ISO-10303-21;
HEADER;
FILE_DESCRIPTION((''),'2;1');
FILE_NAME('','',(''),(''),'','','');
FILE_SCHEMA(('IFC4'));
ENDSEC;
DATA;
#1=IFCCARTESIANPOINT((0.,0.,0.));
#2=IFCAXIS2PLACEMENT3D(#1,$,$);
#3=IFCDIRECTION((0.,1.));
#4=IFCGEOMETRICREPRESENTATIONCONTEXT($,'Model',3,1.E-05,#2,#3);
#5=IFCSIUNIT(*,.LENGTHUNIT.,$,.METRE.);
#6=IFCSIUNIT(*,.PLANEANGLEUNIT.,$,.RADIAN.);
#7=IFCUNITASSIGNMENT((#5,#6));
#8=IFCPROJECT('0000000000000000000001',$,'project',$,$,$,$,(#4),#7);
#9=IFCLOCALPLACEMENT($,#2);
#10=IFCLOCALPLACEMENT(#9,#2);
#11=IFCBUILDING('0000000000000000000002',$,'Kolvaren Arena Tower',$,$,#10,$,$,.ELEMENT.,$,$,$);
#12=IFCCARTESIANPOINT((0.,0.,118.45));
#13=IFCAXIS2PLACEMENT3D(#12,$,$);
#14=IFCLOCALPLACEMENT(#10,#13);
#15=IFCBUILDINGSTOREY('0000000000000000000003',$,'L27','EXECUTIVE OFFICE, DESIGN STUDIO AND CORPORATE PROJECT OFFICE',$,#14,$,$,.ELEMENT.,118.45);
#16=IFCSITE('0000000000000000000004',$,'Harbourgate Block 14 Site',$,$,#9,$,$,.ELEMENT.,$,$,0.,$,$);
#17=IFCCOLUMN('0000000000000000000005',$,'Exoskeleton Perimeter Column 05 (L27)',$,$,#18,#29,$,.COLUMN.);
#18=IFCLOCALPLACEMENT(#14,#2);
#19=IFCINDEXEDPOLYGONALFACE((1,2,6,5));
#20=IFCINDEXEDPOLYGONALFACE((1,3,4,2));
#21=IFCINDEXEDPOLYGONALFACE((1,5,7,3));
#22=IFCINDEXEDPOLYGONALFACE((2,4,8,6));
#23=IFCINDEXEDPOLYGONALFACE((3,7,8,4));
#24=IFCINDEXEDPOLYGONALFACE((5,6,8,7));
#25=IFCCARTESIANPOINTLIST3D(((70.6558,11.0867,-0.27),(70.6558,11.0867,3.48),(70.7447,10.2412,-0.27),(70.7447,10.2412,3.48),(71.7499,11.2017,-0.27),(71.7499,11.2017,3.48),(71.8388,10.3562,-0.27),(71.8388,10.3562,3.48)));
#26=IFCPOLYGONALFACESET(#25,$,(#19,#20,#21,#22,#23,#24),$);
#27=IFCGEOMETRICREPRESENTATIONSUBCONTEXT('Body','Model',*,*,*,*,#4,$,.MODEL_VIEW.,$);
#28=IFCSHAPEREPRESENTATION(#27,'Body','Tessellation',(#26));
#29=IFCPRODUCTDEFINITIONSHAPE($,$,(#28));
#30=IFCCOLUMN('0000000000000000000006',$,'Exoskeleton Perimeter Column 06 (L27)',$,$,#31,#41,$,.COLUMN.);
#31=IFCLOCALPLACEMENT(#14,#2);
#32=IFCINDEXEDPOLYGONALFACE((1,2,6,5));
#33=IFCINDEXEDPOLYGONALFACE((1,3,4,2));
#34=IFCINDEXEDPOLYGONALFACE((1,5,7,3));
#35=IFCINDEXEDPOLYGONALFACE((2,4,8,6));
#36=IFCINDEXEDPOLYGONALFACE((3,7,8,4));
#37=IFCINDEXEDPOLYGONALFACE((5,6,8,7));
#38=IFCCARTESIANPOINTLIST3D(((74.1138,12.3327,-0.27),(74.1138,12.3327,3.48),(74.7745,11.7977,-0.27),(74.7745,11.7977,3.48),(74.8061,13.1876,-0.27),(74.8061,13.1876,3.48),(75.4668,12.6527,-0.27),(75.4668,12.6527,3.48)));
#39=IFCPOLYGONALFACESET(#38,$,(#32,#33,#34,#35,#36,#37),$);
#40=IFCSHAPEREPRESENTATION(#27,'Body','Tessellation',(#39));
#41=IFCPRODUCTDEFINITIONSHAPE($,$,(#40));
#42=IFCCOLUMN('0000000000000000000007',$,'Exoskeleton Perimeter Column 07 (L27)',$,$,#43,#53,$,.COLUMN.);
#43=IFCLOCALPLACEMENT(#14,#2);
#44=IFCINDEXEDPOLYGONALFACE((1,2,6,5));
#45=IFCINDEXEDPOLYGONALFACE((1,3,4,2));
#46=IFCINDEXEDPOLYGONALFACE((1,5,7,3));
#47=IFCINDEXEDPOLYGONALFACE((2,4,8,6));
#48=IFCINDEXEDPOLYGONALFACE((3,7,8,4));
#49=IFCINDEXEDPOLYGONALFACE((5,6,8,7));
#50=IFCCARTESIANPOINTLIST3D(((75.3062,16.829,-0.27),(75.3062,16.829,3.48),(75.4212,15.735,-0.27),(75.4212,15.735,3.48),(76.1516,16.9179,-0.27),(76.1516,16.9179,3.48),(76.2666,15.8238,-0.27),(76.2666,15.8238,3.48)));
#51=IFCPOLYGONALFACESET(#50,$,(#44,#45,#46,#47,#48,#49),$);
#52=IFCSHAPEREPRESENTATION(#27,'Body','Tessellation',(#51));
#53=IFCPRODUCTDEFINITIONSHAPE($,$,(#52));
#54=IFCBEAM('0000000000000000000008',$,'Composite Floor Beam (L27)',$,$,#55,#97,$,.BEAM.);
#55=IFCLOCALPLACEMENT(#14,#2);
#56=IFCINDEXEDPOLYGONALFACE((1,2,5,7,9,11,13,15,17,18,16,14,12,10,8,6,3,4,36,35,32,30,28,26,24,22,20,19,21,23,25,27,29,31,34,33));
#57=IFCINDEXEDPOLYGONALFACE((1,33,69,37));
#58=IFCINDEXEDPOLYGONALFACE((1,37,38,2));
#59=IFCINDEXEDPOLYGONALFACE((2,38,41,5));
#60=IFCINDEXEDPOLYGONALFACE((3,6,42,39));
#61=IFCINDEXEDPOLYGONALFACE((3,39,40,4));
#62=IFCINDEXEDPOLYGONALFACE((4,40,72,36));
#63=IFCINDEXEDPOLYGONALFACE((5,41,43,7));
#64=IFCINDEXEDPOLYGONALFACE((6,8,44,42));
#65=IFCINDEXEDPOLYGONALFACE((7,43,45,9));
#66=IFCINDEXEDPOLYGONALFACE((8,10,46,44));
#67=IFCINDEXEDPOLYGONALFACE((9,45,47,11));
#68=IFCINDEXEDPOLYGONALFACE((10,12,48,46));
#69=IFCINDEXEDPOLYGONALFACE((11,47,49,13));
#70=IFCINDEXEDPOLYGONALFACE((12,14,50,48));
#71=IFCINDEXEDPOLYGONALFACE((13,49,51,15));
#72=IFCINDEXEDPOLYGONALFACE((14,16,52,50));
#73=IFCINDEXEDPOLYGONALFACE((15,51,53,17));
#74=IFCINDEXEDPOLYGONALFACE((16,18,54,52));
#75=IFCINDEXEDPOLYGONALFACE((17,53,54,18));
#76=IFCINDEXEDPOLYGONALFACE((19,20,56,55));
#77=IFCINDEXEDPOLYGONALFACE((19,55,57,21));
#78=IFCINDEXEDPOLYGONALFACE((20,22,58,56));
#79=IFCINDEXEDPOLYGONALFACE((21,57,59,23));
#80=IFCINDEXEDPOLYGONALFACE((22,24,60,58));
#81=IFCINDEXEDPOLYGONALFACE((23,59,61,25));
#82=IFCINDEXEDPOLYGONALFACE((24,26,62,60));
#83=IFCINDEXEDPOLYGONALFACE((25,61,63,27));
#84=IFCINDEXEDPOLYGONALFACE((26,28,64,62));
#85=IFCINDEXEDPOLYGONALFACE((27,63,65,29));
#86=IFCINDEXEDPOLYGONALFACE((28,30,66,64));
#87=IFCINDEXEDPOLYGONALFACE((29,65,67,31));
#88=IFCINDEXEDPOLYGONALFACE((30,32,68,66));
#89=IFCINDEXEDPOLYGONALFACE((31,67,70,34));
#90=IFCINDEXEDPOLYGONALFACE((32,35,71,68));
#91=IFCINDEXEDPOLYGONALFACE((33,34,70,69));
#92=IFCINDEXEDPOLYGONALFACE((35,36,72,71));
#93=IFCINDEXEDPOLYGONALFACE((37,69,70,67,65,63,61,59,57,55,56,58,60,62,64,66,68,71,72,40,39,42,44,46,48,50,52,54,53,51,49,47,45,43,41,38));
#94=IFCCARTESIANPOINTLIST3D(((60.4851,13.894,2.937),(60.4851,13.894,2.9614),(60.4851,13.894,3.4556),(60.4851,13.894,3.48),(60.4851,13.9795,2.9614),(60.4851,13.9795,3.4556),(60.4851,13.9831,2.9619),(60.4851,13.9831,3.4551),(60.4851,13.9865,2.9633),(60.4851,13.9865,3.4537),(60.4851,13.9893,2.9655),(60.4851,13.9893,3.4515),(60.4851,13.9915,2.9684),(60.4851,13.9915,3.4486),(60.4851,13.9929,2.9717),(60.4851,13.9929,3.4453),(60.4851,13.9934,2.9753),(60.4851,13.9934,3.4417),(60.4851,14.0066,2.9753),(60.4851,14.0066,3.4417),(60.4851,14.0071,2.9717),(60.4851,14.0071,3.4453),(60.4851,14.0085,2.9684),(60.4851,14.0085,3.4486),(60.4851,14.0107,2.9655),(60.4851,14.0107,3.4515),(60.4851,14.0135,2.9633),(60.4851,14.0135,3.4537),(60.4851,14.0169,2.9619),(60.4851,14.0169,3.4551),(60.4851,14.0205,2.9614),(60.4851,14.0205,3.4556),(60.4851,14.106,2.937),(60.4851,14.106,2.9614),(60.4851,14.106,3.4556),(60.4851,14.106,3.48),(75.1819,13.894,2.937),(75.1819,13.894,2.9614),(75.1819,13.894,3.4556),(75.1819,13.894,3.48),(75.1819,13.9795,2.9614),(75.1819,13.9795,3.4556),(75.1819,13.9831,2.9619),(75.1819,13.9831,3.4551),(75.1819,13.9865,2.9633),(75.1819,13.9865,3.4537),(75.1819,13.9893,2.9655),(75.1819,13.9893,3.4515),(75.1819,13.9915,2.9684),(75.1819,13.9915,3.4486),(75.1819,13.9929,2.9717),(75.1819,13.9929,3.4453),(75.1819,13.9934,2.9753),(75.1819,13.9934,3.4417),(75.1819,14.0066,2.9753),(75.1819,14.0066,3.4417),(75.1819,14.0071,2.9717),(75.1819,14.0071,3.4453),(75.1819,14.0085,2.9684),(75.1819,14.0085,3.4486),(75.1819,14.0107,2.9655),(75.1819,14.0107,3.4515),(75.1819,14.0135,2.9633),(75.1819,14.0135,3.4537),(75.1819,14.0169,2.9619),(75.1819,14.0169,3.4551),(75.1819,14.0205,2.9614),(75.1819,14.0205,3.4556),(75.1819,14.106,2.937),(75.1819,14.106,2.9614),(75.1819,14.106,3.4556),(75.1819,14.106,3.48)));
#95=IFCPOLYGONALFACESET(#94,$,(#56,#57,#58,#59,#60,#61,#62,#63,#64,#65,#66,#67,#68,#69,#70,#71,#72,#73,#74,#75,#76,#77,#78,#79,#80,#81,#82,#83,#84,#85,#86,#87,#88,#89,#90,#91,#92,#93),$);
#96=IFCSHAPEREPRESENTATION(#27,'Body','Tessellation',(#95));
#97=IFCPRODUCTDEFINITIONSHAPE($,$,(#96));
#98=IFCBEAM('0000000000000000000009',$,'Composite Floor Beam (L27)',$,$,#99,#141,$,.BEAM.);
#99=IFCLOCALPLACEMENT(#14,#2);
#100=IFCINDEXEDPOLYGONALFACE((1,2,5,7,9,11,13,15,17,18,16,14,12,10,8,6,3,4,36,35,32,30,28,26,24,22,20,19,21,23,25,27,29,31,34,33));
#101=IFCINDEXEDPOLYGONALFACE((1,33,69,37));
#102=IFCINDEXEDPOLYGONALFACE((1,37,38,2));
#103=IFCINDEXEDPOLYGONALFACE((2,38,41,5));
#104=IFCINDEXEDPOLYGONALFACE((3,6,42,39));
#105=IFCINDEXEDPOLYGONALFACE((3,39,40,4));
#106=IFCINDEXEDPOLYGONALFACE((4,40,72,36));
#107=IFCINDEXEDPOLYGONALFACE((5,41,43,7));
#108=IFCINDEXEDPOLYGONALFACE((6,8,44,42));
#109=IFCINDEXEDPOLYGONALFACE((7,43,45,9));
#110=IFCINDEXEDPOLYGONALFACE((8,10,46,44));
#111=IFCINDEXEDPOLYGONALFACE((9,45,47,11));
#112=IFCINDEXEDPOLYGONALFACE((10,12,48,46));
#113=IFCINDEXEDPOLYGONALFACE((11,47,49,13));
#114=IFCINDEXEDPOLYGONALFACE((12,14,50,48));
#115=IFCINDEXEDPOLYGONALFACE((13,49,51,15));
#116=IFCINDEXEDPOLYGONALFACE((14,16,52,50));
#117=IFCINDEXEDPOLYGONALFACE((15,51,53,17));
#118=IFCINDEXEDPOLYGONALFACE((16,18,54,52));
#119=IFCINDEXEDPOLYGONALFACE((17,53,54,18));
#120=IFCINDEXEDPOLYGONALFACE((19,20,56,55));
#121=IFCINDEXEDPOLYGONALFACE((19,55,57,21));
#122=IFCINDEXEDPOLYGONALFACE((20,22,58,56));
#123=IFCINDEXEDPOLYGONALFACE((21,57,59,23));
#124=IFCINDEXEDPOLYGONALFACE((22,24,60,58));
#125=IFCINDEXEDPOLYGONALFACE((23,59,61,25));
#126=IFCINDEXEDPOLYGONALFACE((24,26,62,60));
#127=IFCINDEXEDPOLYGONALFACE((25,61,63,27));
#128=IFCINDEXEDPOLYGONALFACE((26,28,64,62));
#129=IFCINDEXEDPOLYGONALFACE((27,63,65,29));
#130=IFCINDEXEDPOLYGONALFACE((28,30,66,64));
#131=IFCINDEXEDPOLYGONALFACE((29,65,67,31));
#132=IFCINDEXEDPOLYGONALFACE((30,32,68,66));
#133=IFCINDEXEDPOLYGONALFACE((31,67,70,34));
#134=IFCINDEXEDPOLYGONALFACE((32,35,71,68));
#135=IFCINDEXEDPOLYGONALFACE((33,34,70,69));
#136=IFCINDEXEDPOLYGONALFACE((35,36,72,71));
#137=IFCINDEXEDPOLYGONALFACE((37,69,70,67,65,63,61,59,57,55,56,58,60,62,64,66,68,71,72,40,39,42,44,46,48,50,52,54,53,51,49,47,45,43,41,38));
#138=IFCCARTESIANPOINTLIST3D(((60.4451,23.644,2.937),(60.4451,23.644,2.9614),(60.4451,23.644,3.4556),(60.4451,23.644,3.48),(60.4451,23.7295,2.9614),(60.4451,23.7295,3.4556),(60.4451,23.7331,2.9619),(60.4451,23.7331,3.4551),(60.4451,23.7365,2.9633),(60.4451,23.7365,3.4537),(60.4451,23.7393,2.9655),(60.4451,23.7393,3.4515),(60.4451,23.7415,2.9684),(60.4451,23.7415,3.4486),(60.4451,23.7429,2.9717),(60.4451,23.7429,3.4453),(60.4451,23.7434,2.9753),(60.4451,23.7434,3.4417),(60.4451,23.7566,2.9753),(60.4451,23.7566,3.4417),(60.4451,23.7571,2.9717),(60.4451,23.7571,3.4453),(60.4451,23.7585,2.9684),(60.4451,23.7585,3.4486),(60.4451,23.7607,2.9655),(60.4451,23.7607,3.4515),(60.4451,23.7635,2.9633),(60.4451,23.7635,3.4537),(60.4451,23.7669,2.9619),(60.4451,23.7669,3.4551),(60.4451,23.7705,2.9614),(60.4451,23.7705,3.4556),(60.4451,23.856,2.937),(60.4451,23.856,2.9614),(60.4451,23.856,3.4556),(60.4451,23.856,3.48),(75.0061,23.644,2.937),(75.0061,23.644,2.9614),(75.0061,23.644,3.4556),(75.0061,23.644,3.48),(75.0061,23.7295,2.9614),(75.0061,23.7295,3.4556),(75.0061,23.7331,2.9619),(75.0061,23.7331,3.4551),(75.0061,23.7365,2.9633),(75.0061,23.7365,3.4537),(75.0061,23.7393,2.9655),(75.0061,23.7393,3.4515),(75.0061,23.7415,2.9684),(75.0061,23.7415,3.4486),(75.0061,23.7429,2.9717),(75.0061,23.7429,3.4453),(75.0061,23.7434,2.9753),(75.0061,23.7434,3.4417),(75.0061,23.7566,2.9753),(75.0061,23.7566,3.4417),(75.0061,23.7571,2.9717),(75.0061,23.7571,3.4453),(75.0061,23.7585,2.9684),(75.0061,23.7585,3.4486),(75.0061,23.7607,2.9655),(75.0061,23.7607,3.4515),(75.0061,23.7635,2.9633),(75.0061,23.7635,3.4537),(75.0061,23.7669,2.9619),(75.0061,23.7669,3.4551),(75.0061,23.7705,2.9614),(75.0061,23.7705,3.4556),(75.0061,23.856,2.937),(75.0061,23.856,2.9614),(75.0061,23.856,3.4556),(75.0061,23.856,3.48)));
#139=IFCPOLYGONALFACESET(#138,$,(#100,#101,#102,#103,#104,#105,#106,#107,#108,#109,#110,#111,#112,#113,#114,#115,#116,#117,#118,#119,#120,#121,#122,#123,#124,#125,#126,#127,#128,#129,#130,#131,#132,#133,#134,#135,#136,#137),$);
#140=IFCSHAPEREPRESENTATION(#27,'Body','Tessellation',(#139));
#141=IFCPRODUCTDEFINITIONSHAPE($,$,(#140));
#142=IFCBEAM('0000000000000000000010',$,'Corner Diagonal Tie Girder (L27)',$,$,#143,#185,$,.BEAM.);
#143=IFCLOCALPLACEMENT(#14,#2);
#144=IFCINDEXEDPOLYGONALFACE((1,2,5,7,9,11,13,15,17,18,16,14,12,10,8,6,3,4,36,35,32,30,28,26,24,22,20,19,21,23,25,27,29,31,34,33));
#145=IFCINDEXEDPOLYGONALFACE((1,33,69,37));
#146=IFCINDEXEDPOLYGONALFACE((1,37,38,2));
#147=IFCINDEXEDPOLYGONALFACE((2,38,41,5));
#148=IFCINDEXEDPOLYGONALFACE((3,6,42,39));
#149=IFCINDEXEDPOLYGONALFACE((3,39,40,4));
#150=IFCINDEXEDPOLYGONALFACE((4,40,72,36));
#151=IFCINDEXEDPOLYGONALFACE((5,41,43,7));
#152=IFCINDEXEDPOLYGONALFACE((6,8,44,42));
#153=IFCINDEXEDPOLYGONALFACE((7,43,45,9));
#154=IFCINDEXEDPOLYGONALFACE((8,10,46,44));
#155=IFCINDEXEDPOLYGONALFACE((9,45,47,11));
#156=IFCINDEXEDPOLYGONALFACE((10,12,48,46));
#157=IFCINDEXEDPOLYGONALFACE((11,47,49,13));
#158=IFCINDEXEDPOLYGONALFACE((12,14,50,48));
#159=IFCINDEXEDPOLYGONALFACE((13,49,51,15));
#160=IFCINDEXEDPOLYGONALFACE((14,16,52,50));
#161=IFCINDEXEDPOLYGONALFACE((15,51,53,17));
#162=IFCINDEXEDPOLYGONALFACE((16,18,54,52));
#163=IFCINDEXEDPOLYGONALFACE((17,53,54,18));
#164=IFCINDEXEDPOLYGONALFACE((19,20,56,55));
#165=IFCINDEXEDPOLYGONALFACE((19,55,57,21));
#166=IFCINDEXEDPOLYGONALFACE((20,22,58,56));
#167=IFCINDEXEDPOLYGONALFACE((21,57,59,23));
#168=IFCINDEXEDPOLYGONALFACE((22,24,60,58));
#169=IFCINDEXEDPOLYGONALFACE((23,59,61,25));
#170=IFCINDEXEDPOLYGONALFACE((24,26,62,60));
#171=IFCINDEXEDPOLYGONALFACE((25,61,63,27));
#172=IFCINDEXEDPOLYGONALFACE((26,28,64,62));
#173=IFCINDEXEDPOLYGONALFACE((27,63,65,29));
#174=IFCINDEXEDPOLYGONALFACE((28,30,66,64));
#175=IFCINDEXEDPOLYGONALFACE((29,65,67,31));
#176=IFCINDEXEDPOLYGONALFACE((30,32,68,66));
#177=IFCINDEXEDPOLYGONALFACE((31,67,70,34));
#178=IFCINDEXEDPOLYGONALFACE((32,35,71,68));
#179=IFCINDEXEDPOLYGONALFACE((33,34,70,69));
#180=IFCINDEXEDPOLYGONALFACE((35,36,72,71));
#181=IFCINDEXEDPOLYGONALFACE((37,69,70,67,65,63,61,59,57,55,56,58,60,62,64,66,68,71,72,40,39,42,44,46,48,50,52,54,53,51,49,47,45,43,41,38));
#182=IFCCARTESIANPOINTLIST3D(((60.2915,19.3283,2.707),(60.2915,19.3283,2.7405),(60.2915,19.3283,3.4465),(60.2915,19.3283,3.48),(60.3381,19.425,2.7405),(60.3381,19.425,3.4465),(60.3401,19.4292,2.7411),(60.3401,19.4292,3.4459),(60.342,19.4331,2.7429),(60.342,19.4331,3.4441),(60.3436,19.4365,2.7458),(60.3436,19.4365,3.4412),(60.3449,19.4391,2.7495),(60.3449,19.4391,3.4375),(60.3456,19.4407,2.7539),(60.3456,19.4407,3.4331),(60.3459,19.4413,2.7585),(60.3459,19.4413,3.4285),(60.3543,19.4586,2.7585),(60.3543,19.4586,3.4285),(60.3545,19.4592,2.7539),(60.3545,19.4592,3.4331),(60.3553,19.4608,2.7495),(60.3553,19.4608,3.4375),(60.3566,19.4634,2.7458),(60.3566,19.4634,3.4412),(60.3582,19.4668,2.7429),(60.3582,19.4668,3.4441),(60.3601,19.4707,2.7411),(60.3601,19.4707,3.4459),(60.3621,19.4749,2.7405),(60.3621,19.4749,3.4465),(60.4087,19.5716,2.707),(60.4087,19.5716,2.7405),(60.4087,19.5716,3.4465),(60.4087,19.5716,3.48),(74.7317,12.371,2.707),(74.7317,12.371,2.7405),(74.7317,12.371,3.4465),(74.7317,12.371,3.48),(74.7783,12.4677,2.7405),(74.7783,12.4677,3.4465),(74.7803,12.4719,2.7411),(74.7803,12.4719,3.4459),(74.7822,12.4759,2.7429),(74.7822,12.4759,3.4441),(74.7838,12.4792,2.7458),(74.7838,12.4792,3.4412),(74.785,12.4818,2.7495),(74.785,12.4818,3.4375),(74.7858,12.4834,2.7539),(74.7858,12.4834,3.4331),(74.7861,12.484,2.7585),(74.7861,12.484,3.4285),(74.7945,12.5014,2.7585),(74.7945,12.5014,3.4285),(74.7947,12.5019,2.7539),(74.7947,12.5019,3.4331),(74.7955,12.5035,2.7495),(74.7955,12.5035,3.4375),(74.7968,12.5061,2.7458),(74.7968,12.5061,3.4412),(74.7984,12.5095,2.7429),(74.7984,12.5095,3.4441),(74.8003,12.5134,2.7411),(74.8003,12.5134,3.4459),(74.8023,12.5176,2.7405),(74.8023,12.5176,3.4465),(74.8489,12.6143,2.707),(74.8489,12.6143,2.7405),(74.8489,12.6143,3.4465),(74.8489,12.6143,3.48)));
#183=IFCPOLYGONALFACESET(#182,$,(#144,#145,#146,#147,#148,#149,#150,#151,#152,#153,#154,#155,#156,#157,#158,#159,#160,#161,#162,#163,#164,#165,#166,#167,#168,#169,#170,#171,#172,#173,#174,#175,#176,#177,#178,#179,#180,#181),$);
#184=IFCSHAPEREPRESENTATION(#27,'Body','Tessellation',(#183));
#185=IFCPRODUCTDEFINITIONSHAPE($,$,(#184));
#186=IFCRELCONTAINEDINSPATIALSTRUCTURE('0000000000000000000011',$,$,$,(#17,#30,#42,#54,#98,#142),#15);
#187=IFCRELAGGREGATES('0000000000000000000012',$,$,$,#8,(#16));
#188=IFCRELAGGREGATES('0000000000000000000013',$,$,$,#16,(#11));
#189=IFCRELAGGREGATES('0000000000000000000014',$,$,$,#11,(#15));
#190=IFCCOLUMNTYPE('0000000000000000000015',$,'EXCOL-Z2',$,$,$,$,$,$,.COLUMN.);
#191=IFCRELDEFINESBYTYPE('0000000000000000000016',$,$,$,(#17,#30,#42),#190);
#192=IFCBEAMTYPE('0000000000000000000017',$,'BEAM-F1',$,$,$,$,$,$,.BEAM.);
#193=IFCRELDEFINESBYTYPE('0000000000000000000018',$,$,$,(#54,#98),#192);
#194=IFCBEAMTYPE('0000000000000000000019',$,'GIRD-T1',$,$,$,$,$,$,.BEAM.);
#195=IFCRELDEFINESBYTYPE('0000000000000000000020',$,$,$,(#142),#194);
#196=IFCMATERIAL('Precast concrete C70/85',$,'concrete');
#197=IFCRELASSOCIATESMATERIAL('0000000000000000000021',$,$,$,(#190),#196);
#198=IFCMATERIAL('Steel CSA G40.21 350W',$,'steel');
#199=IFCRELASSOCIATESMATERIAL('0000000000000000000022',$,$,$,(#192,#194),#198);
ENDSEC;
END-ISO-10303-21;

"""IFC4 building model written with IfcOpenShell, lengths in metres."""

from ifc_helpers import new_model, si_unit, direction, frame, origin, origin_2d, place, context, subcontext, project, spatial, rectangle, i_section, extrude, material, material_profile, profile_set, type_object, element, save


model = new_model("IFC4")

# Units and contexts
model_context = context("Model", 3, precision=1e-05, world=origin(), true_north=direction((0.0, 1.0)))
body_context = subcontext(model_context, "Body", "Model", "MODEL_VIEW")
ifc_project = project(units=[si_unit("LENGTHUNIT", "METRE"), si_unit("PLANEANGLEUNIT", "RADIAN")], contexts=[model_context])

# Site, building, storey
site_placement = place(None, origin())
site = spatial("IfcSite", under=ifc_project, at=site_placement, Name="Harbourgate Block 14 Site", CompositionType="ELEMENT", RefElevation=0.0)
building_placement = place(site_placement, origin())
building = spatial("IfcBuilding", under=site, at=building_placement, Name="Kolvaren Arena Tower", CompositionType="ELEMENT")
storey_placement = place(building_placement, frame((0.0, 0.0, 118.45)))
storey = spatial("IfcBuildingStorey", under=building, at=storey_placement, Name="L27", Description="EXECUTIVE OFFICE, DESIGN STUDIO AND CORPORATE PROJECT OFFICE", CompositionType="ELEMENT", Elevation=118.45)

# Columns
ifc_material_1 = material(Name="Precast concrete C70/85", Category="concrete")
ifc_material_profile_1 = material_profile(ifc_material_1, rectangle(XDim=1.1001, YDim=0.8501, at=origin_2d()), Name="RC-1100x850")
ifc_profile_set_1 = profile_set([ifc_material_profile_1], Name="Precast concrete C70/85")
column_type = type_object("IfcColumnType", Name="EXCOL-Z2", PredefinedType="COLUMN", material=ifc_profile_set_1)
for number, where, z_axis, x_axis, name in (
    (1, (71.2473, 10.7214, -0.27), (0.0, 0.0, 1.0), (0.994522, 0.104528, 0.0), "Exoskeleton Perimeter Column 05 (L27)"),
    (2, (74.7903, 12.4927, -0.27), (0.0, 0.0, 1.0), (0.62932, 0.777146, 0.0), "Exoskeleton Perimeter Column 06 (L27)"),
    (3, (75.7864, 16.3264, -0.27), (0.0, 0.0, 1.0), (-0.104528, 0.994522, 0.0), "Exoskeleton Perimeter Column 07 (L27)"),
):
    element("IfcColumn", number, at=place(storey_placement, frame(where, z_axis=z_axis, x_axis=x_axis)), inside=storey, type_object=column_type, Name=name, PredefinedType="COLUMN", context=body_context, shape_type="SweptSolid", body=[
        extrude(rectangle(XDim=1.1001, YDim=0.8501, at=origin_2d()), origin(), (0.0, 0.0, 1.0), 3.75),
    ])

# Beams
ifc_material_2 = material(Name="Steel CSA G40.21 350W", Category="steel")
ifc_material_profile_2 = material_profile(ifc_material_2, i_section(OverallWidth=0.2119, OverallDepth=0.543, WebThickness=0.0132, FlangeThickness=0.0244, FilletRadius=0.0139, at=origin_2d()), Name="W530x150")
ifc_profile_set_2 = profile_set([ifc_material_profile_2], Name="Steel CSA G40.21 350W")
beam_type_1 = type_object("IfcBeamType", Name="BEAM-F1", PredefinedType="BEAM", material=ifc_profile_set_2)
beam_1_placement = place(storey_placement, frame((60.4851, 14.0, 3.2085), z_axis=(1.0, 0.0, 0.0), x_axis=(0.0, 1.0, 0.0)))
element("IfcBeam", 4, at=beam_1_placement, inside=storey, type_object=beam_type_1, Name="Composite Floor Beam (L27)", PredefinedType="BEAM", context=body_context, shape_type="SweptSolid", body=[
    extrude(i_section(OverallWidth=0.2119, OverallDepth=0.543, WebThickness=0.0132, FlangeThickness=0.0244, FilletRadius=0.0139, at=origin_2d()), origin(), (0.0, 0.0, 1.0), 14.6968),
])
beam_2_placement = place(storey_placement, frame((60.4451, 23.75, 3.2085), z_axis=(1.0, 0.0, 0.0), x_axis=(0.0, 1.0, 0.0)))
element("IfcBeam", 5, at=beam_2_placement, inside=storey, type_object=beam_type_1, Name="Composite Floor Beam (L27)", PredefinedType="BEAM", context=body_context, shape_type="SweptSolid", body=[
    extrude(i_section(OverallWidth=0.2119, OverallDepth=0.543, WebThickness=0.0132, FlangeThickness=0.0244, FilletRadius=0.0139, at=origin_2d()), origin(), (0.0, 0.0, 1.0), 14.561),
])
ifc_material_profile_3 = material_profile(ifc_material_2, i_section(OverallWidth=0.27, OverallDepth=0.7729, WebThickness=0.0193, FlangeThickness=0.0334, FilletRadius=0.0181, at=origin_2d()), Name="W760x257")
ifc_profile_set_3 = profile_set([ifc_material_profile_3], Name="Steel CSA G40.21 350W")
beam_type_2 = type_object("IfcBeamType", Name="GIRD-T1", PredefinedType="BEAM", material=ifc_profile_set_3)
beam_3_placement = place(storey_placement, frame((74.7903, 12.4927, 3.0935), z_axis=(-0.90089, 0.434048, 0.0), x_axis=(-0.434048, -0.90089, 0.0)))
element("IfcBeam", 6, at=beam_3_placement, inside=storey, type_object=beam_type_2, Name="Corner Diagonal Tie Girder (L27)", PredefinedType="BEAM", context=body_context, shape_type="SweptSolid", body=[
    extrude(i_section(OverallWidth=0.27, OverallDepth=0.7729, WebThickness=0.0193, FlangeThickness=0.0334, FilletRadius=0.0181, at=origin_2d()), origin(), (0.0, 0.0, 1.0), 16.0288),
])

save(model, "model.ifc")
